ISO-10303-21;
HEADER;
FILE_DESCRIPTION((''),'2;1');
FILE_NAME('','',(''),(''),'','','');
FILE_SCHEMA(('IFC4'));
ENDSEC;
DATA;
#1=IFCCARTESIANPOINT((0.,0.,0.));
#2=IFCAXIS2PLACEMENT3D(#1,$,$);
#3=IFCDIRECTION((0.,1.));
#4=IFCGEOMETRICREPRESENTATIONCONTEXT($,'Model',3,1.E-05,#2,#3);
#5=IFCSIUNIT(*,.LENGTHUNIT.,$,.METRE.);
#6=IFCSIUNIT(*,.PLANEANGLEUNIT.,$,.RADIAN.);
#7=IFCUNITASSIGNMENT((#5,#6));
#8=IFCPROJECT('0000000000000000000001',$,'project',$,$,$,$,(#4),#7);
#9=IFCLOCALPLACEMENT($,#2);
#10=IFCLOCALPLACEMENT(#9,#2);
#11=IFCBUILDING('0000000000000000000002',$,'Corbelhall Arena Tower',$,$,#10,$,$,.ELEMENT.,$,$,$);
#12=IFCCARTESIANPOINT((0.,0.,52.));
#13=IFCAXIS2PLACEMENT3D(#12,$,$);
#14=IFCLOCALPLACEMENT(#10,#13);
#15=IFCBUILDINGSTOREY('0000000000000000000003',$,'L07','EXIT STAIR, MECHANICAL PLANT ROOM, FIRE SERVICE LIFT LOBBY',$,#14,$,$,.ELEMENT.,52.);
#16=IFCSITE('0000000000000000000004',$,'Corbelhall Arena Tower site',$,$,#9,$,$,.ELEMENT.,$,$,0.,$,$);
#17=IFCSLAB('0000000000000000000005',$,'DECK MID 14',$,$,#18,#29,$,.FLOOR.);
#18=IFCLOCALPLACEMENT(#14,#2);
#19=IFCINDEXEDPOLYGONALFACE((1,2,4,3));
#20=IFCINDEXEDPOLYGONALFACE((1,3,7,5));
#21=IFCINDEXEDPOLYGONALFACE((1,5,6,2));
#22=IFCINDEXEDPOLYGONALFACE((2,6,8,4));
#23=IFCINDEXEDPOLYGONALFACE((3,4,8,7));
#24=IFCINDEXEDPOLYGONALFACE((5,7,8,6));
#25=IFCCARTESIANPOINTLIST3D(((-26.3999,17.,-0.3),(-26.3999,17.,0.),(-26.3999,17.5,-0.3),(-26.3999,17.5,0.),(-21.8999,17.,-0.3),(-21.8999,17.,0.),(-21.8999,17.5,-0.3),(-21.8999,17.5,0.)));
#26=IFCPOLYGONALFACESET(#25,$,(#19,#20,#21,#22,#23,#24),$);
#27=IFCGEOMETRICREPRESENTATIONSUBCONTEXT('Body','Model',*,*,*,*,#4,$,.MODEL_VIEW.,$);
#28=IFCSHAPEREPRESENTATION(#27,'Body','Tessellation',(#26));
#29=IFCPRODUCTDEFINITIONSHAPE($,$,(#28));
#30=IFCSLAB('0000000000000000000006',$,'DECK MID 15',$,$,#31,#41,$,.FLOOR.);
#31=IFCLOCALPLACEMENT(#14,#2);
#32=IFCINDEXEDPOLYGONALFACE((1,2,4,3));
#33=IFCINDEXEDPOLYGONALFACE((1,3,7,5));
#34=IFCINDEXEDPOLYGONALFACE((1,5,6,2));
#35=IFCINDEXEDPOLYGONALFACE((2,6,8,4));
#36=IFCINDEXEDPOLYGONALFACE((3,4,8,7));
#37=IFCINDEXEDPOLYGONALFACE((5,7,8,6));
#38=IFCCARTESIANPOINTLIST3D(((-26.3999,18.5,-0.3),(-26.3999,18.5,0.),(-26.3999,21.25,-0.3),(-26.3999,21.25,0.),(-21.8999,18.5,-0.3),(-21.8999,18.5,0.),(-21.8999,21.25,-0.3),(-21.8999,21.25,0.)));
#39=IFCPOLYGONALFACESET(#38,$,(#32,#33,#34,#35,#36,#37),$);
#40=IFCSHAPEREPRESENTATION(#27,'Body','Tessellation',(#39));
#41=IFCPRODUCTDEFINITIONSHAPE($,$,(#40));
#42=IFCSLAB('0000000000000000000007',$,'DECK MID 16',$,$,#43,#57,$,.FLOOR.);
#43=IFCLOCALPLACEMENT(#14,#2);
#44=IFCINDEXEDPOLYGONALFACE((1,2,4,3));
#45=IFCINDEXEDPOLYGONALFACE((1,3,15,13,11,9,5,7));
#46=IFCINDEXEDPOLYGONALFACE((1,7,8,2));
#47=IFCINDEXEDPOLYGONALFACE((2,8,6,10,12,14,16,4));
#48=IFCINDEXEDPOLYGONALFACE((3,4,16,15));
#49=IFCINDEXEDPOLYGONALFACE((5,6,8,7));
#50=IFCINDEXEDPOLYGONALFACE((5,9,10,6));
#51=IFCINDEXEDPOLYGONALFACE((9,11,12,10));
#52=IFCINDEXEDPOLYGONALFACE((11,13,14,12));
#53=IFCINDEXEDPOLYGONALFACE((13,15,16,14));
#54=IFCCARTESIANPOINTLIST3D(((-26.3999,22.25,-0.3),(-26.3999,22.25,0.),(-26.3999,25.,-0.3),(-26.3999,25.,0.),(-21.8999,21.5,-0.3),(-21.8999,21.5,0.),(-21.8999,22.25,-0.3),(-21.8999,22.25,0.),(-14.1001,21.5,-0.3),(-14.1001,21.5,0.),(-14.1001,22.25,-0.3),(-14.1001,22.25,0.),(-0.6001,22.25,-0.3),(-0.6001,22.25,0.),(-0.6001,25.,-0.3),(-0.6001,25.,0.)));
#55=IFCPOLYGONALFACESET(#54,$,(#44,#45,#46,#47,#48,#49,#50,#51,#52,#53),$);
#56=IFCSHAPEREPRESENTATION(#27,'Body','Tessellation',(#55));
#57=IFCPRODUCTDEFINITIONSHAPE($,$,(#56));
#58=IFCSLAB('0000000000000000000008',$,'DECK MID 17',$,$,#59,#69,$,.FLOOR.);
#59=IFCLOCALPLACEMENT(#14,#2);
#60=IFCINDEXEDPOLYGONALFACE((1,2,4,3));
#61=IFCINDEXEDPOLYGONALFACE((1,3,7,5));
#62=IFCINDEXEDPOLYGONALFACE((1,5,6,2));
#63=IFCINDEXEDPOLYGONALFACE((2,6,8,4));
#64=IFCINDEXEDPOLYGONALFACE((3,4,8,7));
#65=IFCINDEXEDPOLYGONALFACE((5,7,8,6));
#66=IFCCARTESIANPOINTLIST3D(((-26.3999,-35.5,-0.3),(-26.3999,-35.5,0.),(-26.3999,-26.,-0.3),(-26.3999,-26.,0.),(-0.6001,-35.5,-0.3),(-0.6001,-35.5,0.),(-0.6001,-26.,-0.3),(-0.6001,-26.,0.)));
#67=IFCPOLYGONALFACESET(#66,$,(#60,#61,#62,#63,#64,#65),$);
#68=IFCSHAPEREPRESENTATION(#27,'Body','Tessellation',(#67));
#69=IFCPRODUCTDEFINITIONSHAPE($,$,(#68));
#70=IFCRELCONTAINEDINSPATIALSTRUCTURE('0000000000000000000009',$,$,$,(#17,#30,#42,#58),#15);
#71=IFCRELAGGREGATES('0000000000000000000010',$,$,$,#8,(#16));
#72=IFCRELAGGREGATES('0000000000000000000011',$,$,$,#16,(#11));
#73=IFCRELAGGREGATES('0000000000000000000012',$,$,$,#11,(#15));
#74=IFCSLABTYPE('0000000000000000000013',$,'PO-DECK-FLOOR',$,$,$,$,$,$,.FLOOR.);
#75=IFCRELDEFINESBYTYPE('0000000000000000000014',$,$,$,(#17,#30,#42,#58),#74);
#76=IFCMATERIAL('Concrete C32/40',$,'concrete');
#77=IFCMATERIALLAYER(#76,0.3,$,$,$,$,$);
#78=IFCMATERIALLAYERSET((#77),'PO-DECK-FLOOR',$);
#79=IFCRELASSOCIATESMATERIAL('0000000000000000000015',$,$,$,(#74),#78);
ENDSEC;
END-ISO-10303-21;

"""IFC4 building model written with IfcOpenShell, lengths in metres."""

from ifc_helpers import new_model, si_unit, direction, frame, origin, place, context, subcontext, project, spatial, polyline, outline, extrude, material, layer, layer_set, type_object, element, save


model = new_model("IFC4")

# Units and contexts
model_context = context("Model", 3, precision=1e-05, world=origin(), true_north=direction((0.0, 1.0)))
body_context = subcontext(model_context, "Body", "Model", "MODEL_VIEW")
ifc_project = project(units=[si_unit("LENGTHUNIT", "METRE"), si_unit("PLANEANGLEUNIT", "RADIAN")], contexts=[model_context])

# Site, building, storey
site_placement = place(None, origin())
site = spatial("IfcSite", under=ifc_project, at=site_placement, Name="Corbelhall Arena Tower site", CompositionType="ELEMENT", RefElevation=0.0)
building_placement = place(site_placement, origin())
building = spatial("IfcBuilding", under=site, at=building_placement, Name="Corbelhall Arena Tower", CompositionType="ELEMENT")
storey_placement = place(building_placement, frame((0.0, 0.0, 52.0)))
storey = spatial("IfcBuildingStorey", under=building, at=storey_placement, Name="L07", Description="EXIT STAIR, MECHANICAL PLANT ROOM, FIRE SERVICE LIFT LOBBY", CompositionType="ELEMENT", Elevation=52.0)

# Slabs
ifc_material_1 = material(Name="Concrete C32/40", Category="concrete")
ifc_layer = layer(ifc_material_1, 0.3)
ifc_layer_set = layer_set([ifc_layer], Name="PO-DECK-FLOOR")
slab_type = type_object("IfcSlabType", Name="PO-DECK-FLOOR", PredefinedType="FLOOR", material=ifc_layer_set)
slab_1_placement = place(storey_placement, frame((0.0, 0.0, -0.3)))
element("IfcSlab", 1, at=slab_1_placement, inside=storey, type_object=slab_type, Name="DECK MID 14", PredefinedType="FLOOR", context=body_context, shape_type="SweptSolid", body=[
    extrude(outline(polyline([(-26.3999, 17.0), (-26.3999, 17.5), (-21.8999, 17.5), (-21.8999, 17.0), (-26.3999, 17.0)])), origin(), (0.0, 0.0, 1.0), 0.3),
])
slab_2_placement = place(storey_placement, frame((0.0, 0.0, -0.3)))
element("IfcSlab", 2, at=slab_2_placement, inside=storey, type_object=slab_type, Name="DECK MID 15", PredefinedType="FLOOR", context=body_context, shape_type="SweptSolid", body=[
    extrude(outline(polyline([(-26.3999, 18.5), (-26.3999, 21.25), (-21.8999, 21.25), (-21.8999, 18.5), (-26.3999, 18.5)])), origin(), (0.0, 0.0, 1.0), 0.3),
])
slab_3_placement = place(storey_placement, frame((0.0, 0.0, -0.3)))
element("IfcSlab", 3, at=slab_3_placement, inside=storey, type_object=slab_type, Name="DECK MID 16", PredefinedType="FLOOR", context=body_context, shape_type="SweptSolid", body=[
    extrude(outline(polyline([(-26.3999, 25.0), (-0.6001, 25.0), (-0.6001, 22.25), (-14.1001, 22.25), (-14.1001, 21.5), (-21.8999, 21.5), (-21.8999, 22.25), (-26.3999, 22.25), (-26.3999, 25.0)])), origin(), (0.0, 0.0, 1.0), 0.3),
])
slab_4_placement = place(storey_placement, frame((0.0, 0.0, -0.3)))
element("IfcSlab", 4, at=slab_4_placement, inside=storey, type_object=slab_type, Name="DECK MID 17", PredefinedType="FLOOR", context=body_context, shape_type="SweptSolid", body=[
    extrude(outline(polyline([(-0.6001, -26.0), (-0.6001, -35.5), (-26.3999, -35.5), (-26.3999, -26.0), (-0.6001, -26.0)])), origin(), (0.0, 0.0, 1.0), 0.3),
])

save(model, "model.ifc")
